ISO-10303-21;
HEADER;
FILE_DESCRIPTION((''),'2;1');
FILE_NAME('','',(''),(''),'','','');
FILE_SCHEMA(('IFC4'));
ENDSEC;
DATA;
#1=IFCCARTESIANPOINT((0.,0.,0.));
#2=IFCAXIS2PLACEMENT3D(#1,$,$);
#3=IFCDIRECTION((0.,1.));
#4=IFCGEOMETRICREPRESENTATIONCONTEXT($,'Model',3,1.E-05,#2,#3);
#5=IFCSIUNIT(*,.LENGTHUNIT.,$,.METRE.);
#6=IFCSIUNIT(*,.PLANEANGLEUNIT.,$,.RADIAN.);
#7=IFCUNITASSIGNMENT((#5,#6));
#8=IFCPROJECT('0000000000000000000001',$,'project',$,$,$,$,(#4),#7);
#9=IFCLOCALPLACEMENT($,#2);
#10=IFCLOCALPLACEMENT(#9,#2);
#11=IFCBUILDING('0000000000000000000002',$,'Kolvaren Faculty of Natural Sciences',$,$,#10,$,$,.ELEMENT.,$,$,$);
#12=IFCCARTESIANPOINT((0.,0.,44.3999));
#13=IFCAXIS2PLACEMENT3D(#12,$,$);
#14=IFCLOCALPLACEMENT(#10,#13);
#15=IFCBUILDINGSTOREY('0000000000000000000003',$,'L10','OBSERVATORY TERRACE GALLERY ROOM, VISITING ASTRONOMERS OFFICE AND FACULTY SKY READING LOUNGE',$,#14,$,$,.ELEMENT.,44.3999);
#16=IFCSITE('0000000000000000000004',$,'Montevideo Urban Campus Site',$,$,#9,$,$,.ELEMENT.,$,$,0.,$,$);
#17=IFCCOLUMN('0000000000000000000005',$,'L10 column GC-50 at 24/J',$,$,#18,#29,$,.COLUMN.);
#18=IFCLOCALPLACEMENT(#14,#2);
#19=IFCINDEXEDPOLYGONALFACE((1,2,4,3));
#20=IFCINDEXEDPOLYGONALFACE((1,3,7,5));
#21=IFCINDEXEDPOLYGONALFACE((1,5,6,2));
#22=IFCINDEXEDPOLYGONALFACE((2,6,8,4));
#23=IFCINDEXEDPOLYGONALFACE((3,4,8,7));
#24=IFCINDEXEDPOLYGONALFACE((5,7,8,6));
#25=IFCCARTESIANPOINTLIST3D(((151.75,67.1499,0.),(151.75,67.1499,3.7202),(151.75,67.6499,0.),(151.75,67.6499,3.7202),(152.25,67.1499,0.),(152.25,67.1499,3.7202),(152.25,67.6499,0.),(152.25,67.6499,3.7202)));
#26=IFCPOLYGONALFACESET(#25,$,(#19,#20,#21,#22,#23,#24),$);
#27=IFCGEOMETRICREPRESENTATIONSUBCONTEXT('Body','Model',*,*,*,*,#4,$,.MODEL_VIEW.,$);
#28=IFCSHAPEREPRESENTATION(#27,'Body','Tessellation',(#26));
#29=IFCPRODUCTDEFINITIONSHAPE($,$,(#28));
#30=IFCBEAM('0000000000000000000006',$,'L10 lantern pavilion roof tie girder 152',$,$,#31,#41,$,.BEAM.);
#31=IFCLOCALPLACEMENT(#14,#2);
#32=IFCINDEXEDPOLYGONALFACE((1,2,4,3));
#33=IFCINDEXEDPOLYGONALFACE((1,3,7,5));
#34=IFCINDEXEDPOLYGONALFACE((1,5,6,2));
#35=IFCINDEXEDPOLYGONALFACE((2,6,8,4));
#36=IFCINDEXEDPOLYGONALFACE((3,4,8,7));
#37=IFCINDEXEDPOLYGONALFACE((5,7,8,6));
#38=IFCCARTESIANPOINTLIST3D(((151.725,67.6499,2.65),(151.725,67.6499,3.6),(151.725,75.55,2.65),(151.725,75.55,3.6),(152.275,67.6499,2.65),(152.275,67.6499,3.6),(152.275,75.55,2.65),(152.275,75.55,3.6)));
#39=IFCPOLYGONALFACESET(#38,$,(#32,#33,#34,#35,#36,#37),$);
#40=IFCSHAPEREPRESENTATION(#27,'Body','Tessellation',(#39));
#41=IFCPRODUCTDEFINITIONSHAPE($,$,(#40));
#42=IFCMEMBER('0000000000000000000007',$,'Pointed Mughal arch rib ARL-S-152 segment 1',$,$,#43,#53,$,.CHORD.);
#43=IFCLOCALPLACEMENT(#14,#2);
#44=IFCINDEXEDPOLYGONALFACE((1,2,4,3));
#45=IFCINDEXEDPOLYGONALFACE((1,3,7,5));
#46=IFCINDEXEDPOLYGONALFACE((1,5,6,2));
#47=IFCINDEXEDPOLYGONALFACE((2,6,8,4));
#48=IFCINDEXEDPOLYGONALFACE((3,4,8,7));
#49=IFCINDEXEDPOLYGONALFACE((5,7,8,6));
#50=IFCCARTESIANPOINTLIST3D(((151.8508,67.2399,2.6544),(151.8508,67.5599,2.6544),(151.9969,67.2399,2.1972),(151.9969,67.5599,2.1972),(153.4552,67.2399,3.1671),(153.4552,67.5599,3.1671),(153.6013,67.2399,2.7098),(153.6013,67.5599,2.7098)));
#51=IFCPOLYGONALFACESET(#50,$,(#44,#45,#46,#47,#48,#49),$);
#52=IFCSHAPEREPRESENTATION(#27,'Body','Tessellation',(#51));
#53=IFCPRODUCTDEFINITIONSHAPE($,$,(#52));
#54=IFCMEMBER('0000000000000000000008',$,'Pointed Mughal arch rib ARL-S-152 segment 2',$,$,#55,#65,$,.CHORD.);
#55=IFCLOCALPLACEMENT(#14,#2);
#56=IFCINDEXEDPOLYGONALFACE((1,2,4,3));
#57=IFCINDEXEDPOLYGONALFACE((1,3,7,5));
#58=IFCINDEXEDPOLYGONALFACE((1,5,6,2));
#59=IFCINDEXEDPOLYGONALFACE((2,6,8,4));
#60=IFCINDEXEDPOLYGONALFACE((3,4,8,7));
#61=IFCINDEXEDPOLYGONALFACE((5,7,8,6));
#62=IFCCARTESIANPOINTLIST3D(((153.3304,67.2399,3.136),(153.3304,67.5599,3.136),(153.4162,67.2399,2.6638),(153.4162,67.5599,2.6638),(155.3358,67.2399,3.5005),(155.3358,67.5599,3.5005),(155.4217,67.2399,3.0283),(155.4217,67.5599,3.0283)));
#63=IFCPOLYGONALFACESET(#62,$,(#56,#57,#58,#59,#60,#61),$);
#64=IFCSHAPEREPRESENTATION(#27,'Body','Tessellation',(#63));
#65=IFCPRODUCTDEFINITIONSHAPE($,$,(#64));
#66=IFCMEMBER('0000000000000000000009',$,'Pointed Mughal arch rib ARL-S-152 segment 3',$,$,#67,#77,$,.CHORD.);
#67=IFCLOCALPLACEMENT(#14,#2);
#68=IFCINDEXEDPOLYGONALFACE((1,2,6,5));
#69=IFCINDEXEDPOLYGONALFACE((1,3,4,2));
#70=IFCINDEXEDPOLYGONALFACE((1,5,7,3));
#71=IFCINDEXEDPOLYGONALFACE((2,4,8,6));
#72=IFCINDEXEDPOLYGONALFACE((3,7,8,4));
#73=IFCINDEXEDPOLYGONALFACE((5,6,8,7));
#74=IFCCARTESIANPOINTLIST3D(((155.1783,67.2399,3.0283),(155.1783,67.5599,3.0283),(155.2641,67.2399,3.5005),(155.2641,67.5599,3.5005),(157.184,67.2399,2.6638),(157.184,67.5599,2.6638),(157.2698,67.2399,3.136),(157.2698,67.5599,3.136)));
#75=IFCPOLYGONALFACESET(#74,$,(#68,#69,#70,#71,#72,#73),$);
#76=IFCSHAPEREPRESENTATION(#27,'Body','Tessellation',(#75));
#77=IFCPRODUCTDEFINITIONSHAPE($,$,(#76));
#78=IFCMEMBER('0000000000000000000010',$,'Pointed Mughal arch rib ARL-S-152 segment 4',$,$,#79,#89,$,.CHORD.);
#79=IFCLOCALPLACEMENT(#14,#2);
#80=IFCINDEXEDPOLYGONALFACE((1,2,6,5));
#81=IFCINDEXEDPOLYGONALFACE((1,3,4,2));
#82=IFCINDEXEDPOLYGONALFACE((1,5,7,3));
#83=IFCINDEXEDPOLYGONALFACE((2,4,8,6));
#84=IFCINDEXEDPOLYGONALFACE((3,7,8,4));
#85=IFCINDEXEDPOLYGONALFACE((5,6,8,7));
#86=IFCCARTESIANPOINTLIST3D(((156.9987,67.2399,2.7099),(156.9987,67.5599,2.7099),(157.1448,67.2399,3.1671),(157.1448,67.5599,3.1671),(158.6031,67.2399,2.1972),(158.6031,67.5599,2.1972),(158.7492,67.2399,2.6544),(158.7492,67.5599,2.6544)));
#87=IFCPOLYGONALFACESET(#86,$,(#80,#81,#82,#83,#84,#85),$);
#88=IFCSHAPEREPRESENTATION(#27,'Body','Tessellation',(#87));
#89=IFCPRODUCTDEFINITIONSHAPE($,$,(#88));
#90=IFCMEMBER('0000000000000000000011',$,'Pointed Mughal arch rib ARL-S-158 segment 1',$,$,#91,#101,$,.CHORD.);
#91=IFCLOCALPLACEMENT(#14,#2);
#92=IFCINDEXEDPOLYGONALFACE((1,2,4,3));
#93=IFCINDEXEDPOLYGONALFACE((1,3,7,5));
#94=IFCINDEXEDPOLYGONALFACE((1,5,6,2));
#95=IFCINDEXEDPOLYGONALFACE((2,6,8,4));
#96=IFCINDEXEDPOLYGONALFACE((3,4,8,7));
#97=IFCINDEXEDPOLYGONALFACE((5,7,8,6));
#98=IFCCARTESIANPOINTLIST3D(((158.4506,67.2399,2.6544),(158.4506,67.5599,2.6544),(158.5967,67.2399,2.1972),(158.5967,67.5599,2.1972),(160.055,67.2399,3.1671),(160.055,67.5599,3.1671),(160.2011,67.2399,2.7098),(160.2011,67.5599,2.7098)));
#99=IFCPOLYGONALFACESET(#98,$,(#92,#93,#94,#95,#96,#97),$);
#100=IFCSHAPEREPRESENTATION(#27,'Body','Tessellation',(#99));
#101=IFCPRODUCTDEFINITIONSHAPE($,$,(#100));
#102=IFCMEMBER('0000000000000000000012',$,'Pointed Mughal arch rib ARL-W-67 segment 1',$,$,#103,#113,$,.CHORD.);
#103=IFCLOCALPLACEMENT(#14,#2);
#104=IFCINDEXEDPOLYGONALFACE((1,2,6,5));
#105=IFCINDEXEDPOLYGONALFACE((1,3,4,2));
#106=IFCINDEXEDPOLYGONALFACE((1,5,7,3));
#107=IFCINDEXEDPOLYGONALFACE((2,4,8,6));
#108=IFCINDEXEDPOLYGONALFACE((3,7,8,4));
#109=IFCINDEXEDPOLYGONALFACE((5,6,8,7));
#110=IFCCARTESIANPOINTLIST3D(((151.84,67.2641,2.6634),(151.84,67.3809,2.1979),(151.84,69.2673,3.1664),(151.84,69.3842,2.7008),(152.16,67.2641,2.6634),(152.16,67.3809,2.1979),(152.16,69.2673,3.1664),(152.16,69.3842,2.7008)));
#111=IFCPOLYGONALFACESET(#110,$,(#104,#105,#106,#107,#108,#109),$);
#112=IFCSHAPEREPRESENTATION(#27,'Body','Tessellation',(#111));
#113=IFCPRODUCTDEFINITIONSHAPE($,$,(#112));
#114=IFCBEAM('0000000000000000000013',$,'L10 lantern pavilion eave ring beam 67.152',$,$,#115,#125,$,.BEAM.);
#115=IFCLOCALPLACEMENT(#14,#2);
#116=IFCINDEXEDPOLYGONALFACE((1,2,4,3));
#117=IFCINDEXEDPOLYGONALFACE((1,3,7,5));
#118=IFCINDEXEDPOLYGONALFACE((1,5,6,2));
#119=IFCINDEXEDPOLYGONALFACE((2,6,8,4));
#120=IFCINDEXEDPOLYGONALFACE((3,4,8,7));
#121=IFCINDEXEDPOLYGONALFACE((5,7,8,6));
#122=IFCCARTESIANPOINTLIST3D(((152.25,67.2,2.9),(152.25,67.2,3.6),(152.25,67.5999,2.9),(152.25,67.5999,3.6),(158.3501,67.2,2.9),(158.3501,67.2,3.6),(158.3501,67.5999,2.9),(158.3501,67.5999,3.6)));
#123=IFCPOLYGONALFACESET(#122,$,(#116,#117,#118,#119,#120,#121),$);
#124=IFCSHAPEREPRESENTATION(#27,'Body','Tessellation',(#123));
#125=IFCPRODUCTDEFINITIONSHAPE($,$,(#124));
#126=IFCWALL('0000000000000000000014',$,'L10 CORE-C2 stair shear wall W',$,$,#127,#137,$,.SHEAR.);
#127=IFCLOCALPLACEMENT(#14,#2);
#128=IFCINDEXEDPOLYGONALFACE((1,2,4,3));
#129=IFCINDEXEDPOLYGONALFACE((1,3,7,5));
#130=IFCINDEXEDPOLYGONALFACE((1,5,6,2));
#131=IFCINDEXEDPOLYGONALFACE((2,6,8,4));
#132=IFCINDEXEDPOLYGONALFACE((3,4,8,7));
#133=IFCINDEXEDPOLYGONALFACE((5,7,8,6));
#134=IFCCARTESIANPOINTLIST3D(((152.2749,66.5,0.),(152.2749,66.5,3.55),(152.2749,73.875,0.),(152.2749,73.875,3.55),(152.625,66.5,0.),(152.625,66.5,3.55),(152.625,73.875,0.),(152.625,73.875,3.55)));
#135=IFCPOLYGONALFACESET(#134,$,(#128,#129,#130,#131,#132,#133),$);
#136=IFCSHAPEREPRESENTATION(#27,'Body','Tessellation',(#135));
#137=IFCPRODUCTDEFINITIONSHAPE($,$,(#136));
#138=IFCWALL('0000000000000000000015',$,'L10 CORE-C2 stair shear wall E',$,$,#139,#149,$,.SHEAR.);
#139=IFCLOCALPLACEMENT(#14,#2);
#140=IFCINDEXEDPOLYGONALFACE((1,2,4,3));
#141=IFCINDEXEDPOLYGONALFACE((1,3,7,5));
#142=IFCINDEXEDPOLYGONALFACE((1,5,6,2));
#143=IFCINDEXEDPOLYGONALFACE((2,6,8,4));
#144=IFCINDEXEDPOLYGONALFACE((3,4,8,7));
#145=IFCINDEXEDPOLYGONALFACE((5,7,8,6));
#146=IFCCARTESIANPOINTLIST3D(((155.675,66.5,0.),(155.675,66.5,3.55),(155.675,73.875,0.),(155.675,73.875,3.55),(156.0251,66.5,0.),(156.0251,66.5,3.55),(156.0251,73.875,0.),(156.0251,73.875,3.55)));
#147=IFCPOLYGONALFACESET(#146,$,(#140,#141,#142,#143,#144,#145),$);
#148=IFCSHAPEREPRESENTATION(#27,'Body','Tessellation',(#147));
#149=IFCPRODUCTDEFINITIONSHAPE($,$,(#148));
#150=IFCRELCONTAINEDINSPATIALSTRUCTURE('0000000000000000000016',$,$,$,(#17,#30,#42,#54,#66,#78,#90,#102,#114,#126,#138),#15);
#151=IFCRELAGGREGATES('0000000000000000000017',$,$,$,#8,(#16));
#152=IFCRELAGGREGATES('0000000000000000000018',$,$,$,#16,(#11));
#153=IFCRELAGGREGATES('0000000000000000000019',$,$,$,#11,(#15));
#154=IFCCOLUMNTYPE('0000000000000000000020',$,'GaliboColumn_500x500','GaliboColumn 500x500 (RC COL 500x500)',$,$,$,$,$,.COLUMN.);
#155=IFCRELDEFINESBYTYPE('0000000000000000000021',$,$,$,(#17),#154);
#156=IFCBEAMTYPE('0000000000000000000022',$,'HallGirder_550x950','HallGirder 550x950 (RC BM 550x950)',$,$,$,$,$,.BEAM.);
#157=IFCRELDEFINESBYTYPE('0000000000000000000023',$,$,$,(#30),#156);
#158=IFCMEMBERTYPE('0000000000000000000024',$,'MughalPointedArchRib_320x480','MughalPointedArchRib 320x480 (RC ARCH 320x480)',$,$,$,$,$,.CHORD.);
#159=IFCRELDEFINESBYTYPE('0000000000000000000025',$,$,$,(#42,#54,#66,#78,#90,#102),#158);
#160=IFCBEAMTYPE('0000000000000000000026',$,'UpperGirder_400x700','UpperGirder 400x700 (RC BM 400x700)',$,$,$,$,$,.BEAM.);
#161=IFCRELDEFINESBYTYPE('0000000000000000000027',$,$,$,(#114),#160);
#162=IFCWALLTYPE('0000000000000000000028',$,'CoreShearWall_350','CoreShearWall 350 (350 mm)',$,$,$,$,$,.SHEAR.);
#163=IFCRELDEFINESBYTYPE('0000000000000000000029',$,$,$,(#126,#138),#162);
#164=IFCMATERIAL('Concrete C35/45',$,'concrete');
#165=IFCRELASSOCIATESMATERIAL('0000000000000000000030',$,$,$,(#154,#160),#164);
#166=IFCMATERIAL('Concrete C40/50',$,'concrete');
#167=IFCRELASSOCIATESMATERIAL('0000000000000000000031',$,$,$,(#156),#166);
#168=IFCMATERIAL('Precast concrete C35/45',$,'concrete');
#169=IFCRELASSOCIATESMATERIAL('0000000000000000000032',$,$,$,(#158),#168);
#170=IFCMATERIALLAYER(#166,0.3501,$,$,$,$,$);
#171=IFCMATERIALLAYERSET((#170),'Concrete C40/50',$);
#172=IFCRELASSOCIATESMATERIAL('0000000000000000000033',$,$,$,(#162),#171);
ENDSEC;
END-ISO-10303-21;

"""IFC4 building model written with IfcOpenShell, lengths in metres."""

from ifc_helpers import new_model, si_unit, direction, frame, frame_2d, origin, origin_2d, place, context, subcontext, project, spatial, rectangle, extrude, material, layer, layer_set, material_profile, profile_set, type_object, element, save


model = new_model("IFC4")

# Units and contexts
model_context = context("Model", 3, precision=1e-05, world=origin(), true_north=direction((0.0, 1.0)))
body_context = subcontext(model_context, "Body", "Model", "MODEL_VIEW")
ifc_project = project(units=[si_unit("LENGTHUNIT", "METRE"), si_unit("PLANEANGLEUNIT", "RADIAN")], contexts=[model_context])

# Site, building, storey
site_placement = place(None, origin())
site = spatial("IfcSite", under=ifc_project, at=site_placement, Name="Montevideo Urban Campus Site", CompositionType="ELEMENT", RefElevation=0.0)
building_placement = place(site_placement, origin())
building = spatial("IfcBuilding", under=site, at=building_placement, Name="Kolvaren Faculty of Natural Sciences", CompositionType="ELEMENT")
storey_placement = place(building_placement, frame((0.0, 0.0, 44.3999)))
storey = spatial("IfcBuildingStorey", under=building, at=storey_placement, Name="L10", Description="OBSERVATORY TERRACE GALLERY ROOM, VISITING ASTRONOMERS OFFICE AND FACULTY SKY READING LOUNGE", CompositionType="ELEMENT", Elevation=44.3999)

# Column
ifc_material_1 = material(Name="Concrete C35/45", Category="concrete")
ifc_material_profile_1 = material_profile(ifc_material_1, rectangle(XDim=0.5, YDim=0.5, at=origin_2d()), Name="RC COL 500x500")
ifc_profile_set_1 = profile_set([ifc_material_profile_1], Name="Concrete C35/45")
column_type = type_object("IfcColumnType", Name="GaliboColumn_500x500", Description="GaliboColumn 500x500 (RC COL 500x500)", PredefinedType="COLUMN", material=ifc_profile_set_1)
column_placement = place(storey_placement, frame((152.0, 67.3999, 0.0), z_axis=(0.0, 0.0, 1.0), x_axis=(1.0, 0.0, 0.0)))
element("IfcColumn", 1, at=column_placement, inside=storey, type_object=column_type, Name="L10 column GC-50 at 24/J", PredefinedType="COLUMN", context=body_context, shape_type="SweptSolid", body=[
    extrude(rectangle(XDim=0.5, YDim=0.5, at=origin_2d()), origin(), (0.0, 0.0, 1.0), 3.7202),
])

# Beam
ifc_material_2 = material(Name="Concrete C40/50", Category="concrete")
ifc_material_profile_2 = material_profile(ifc_material_2, rectangle(XDim=0.55, YDim=0.95, at=origin_2d()), Name="RC BM 550x950")
ifc_profile_set_2 = profile_set([ifc_material_profile_2], Name="Concrete C40/50")
beam_type_1 = type_object("IfcBeamType", Name="HallGirder_550x950", Description="HallGirder 550x950 (RC BM 550x950)", PredefinedType="BEAM", material=ifc_profile_set_2)
beam_1_placement = place(storey_placement, frame((152.0, 67.6499, 3.125), z_axis=(0.0, 1.0, 0.0), x_axis=(-1.0, 0.0, 0.0)))
element("IfcBeam", 2, at=beam_1_placement, inside=storey, type_object=beam_type_1, Name="L10 lantern pavilion roof tie girder 152", PredefinedType="BEAM", context=body_context, shape_type="SweptSolid", body=[
    extrude(rectangle(XDim=0.55, YDim=0.95, at=origin_2d()), origin(), (0.0, 0.0, 1.0), 7.9001),
])

# Members
ifc_material_3 = material(Name="Precast concrete C35/45", Category="concrete")
ifc_material_profile_3 = material_profile(ifc_material_3, rectangle(XDim=0.3201, YDim=0.48, at=origin_2d()), Name="RC ARCH 320x480")
ifc_profile_set_3 = profile_set([ifc_material_profile_3], Name="Precast concrete C35/45")
member_type = type_object("IfcMemberType", Name="MughalPointedArchRib_320x480", Description="MughalPointedArchRib 320x480 (RC ARCH 320x480)", PredefinedType="CHORD", material=ifc_profile_set_3)
member_1_placement = place(storey_placement, frame((151.9238, 67.3999, 2.4258), z_axis=(0.952552, 0.0, 0.304376), x_axis=(0.0, 1.0, 0.0)))
element("IfcMember", 3, at=member_1_placement, inside=storey, type_object=member_type, Name="Pointed Mughal arch rib ARL-S-152 segment 1", PredefinedType="CHORD", context=body_context, shape_type="SweptSolid", body=[
    extrude(rectangle(XDim=0.3201, YDim=0.48, at=origin_2d()), origin(), (0.0, 0.0, 1.0), 1.6843),
])
member_2_placement = place(storey_placement, frame((153.3733, 67.3999, 2.8999), z_axis=(0.983879, 0.0, 0.178833), x_axis=(0.0, 1.0, 0.0)))
element("IfcMember", 4, at=member_2_placement, inside=storey, type_object=member_type, Name="Pointed Mughal arch rib ARL-S-152 segment 2", PredefinedType="CHORD", context=body_context, shape_type="SweptSolid", body=[
    extrude(rectangle(XDim=0.3201, YDim=0.48, at=origin_2d()), origin(), (0.0, 0.0, 1.0), 2.0383),
])
member_3_placement = place(storey_placement, frame((155.2212, 67.3999, 3.2644), z_axis=(0.983883, 0.0, -0.178812), x_axis=(0.0, 1.0, 0.0)))
element("IfcMember", 5, at=member_3_placement, inside=storey, type_object=member_type, Name="Pointed Mughal arch rib ARL-S-152 segment 3", PredefinedType="CHORD", context=body_context, shape_type="SweptSolid", body=[
    extrude(rectangle(XDim=0.3201, YDim=0.48, at=origin_2d()), origin(), (0.0, 0.0, 1.0), 2.0386),
])
for number, where, z_axis, x_axis, name in (
    (6, (157.0718, 67.3999, 2.9385), (0.952552, 0.0, -0.304376), (0.0, 1.0, 0.0), "Pointed Mughal arch rib ARL-S-152 segment 4"),
    (7, (158.5237, 67.3999, 2.4258), (0.952552, 0.0, 0.304376), (0.0, 1.0, 0.0), "Pointed Mughal arch rib ARL-S-158 segment 1"),
):
    element("IfcMember", number, at=place(storey_placement, frame(where, z_axis=z_axis, x_axis=x_axis)), inside=storey, type_object=member_type, Name=name, PredefinedType="CHORD", context=body_context, shape_type="SweptSolid", body=[
        extrude(rectangle(XDim=0.3201, YDim=0.48, at=origin_2d()), origin(), (0.0, 0.0, 1.0), 1.6843),
    ])
member_4_placement = place(storey_placement, frame((152.0, 67.3225, 2.4307), z_axis=(0.0, 0.969899, 0.243509), x_axis=(-1.0, 0.0, 0.0)))
element("IfcMember", 8, at=member_4_placement, inside=storey, type_object=member_type, Name="Pointed Mughal arch rib ARL-W-67 segment 1", PredefinedType="CHORD", context=body_context, shape_type="SweptSolid", body=[
    extrude(rectangle(XDim=0.3201, YDim=0.48, at=origin_2d()), origin(), (0.0, 0.0, 1.0), 2.0654),
])

# Beam
ifc_material_profile_4 = material_profile(ifc_material_1, rectangle(XDim=0.3999, YDim=0.7, at=origin_2d()), Name="RC BM 400x700")
ifc_profile_set_4 = profile_set([ifc_material_profile_4], Name="Concrete C35/45")
beam_type_2 = type_object("IfcBeamType", Name="UpperGirder_400x700", Description="UpperGirder 400x700 (RC BM 400x700)", PredefinedType="BEAM", material=ifc_profile_set_4)
beam_2_placement = place(storey_placement, frame((152.25, 67.3999, 3.25), z_axis=(1.0, 0.0, 0.0), x_axis=(0.0, 1.0, 0.0)))
element("IfcBeam", 9, at=beam_2_placement, inside=storey, type_object=beam_type_2, Name="L10 lantern pavilion eave ring beam 67.152", PredefinedType="BEAM", context=body_context, shape_type="SweptSolid", body=[
    extrude(rectangle(XDim=0.3999, YDim=0.7, at=origin_2d()), origin(), (0.0, 0.0, 1.0), 6.1001),
])

# Shared definitions
ifc_layer_1 = layer(ifc_material_2, 0.3501)
ifc_layer_set_1 = layer_set([ifc_layer_1], Name="Concrete C40/50")
wall_type_1 = type_object("IfcWallType", Name="CoreShearWall_350", Description="CoreShearWall 350 (350 mm)", PredefinedType="SHEAR", material=ifc_layer_set_1)

# Walls
for number, where, z_axis, x_axis, name in (
    (10, (152.45, 66.5, 0.0), (0.0, 0.0, 1.0), (0.0, 1.0, 0.0), "L10 CORE-C2 stair shear wall W"),
    (11, (155.8501, 66.5, 0.0), (0.0, 0.0, 1.0), (0.0, 1.0, 0.0), "L10 CORE-C2 stair shear wall E"),
):
    element("IfcWall", number, at=place(storey_placement, frame(where, z_axis=z_axis, x_axis=x_axis)), inside=storey, type_object=wall_type_1, Name=name, PredefinedType="SHEAR", context=body_context, shape_type="SweptSolid", body=[
        extrude(rectangle(XDim=7.375, YDim=0.3501, at=frame_2d((3.6875, 0.0))), origin(), (0.0, 0.0, 1.0), 3.55),
    ])

save(model, "model.ifc")
